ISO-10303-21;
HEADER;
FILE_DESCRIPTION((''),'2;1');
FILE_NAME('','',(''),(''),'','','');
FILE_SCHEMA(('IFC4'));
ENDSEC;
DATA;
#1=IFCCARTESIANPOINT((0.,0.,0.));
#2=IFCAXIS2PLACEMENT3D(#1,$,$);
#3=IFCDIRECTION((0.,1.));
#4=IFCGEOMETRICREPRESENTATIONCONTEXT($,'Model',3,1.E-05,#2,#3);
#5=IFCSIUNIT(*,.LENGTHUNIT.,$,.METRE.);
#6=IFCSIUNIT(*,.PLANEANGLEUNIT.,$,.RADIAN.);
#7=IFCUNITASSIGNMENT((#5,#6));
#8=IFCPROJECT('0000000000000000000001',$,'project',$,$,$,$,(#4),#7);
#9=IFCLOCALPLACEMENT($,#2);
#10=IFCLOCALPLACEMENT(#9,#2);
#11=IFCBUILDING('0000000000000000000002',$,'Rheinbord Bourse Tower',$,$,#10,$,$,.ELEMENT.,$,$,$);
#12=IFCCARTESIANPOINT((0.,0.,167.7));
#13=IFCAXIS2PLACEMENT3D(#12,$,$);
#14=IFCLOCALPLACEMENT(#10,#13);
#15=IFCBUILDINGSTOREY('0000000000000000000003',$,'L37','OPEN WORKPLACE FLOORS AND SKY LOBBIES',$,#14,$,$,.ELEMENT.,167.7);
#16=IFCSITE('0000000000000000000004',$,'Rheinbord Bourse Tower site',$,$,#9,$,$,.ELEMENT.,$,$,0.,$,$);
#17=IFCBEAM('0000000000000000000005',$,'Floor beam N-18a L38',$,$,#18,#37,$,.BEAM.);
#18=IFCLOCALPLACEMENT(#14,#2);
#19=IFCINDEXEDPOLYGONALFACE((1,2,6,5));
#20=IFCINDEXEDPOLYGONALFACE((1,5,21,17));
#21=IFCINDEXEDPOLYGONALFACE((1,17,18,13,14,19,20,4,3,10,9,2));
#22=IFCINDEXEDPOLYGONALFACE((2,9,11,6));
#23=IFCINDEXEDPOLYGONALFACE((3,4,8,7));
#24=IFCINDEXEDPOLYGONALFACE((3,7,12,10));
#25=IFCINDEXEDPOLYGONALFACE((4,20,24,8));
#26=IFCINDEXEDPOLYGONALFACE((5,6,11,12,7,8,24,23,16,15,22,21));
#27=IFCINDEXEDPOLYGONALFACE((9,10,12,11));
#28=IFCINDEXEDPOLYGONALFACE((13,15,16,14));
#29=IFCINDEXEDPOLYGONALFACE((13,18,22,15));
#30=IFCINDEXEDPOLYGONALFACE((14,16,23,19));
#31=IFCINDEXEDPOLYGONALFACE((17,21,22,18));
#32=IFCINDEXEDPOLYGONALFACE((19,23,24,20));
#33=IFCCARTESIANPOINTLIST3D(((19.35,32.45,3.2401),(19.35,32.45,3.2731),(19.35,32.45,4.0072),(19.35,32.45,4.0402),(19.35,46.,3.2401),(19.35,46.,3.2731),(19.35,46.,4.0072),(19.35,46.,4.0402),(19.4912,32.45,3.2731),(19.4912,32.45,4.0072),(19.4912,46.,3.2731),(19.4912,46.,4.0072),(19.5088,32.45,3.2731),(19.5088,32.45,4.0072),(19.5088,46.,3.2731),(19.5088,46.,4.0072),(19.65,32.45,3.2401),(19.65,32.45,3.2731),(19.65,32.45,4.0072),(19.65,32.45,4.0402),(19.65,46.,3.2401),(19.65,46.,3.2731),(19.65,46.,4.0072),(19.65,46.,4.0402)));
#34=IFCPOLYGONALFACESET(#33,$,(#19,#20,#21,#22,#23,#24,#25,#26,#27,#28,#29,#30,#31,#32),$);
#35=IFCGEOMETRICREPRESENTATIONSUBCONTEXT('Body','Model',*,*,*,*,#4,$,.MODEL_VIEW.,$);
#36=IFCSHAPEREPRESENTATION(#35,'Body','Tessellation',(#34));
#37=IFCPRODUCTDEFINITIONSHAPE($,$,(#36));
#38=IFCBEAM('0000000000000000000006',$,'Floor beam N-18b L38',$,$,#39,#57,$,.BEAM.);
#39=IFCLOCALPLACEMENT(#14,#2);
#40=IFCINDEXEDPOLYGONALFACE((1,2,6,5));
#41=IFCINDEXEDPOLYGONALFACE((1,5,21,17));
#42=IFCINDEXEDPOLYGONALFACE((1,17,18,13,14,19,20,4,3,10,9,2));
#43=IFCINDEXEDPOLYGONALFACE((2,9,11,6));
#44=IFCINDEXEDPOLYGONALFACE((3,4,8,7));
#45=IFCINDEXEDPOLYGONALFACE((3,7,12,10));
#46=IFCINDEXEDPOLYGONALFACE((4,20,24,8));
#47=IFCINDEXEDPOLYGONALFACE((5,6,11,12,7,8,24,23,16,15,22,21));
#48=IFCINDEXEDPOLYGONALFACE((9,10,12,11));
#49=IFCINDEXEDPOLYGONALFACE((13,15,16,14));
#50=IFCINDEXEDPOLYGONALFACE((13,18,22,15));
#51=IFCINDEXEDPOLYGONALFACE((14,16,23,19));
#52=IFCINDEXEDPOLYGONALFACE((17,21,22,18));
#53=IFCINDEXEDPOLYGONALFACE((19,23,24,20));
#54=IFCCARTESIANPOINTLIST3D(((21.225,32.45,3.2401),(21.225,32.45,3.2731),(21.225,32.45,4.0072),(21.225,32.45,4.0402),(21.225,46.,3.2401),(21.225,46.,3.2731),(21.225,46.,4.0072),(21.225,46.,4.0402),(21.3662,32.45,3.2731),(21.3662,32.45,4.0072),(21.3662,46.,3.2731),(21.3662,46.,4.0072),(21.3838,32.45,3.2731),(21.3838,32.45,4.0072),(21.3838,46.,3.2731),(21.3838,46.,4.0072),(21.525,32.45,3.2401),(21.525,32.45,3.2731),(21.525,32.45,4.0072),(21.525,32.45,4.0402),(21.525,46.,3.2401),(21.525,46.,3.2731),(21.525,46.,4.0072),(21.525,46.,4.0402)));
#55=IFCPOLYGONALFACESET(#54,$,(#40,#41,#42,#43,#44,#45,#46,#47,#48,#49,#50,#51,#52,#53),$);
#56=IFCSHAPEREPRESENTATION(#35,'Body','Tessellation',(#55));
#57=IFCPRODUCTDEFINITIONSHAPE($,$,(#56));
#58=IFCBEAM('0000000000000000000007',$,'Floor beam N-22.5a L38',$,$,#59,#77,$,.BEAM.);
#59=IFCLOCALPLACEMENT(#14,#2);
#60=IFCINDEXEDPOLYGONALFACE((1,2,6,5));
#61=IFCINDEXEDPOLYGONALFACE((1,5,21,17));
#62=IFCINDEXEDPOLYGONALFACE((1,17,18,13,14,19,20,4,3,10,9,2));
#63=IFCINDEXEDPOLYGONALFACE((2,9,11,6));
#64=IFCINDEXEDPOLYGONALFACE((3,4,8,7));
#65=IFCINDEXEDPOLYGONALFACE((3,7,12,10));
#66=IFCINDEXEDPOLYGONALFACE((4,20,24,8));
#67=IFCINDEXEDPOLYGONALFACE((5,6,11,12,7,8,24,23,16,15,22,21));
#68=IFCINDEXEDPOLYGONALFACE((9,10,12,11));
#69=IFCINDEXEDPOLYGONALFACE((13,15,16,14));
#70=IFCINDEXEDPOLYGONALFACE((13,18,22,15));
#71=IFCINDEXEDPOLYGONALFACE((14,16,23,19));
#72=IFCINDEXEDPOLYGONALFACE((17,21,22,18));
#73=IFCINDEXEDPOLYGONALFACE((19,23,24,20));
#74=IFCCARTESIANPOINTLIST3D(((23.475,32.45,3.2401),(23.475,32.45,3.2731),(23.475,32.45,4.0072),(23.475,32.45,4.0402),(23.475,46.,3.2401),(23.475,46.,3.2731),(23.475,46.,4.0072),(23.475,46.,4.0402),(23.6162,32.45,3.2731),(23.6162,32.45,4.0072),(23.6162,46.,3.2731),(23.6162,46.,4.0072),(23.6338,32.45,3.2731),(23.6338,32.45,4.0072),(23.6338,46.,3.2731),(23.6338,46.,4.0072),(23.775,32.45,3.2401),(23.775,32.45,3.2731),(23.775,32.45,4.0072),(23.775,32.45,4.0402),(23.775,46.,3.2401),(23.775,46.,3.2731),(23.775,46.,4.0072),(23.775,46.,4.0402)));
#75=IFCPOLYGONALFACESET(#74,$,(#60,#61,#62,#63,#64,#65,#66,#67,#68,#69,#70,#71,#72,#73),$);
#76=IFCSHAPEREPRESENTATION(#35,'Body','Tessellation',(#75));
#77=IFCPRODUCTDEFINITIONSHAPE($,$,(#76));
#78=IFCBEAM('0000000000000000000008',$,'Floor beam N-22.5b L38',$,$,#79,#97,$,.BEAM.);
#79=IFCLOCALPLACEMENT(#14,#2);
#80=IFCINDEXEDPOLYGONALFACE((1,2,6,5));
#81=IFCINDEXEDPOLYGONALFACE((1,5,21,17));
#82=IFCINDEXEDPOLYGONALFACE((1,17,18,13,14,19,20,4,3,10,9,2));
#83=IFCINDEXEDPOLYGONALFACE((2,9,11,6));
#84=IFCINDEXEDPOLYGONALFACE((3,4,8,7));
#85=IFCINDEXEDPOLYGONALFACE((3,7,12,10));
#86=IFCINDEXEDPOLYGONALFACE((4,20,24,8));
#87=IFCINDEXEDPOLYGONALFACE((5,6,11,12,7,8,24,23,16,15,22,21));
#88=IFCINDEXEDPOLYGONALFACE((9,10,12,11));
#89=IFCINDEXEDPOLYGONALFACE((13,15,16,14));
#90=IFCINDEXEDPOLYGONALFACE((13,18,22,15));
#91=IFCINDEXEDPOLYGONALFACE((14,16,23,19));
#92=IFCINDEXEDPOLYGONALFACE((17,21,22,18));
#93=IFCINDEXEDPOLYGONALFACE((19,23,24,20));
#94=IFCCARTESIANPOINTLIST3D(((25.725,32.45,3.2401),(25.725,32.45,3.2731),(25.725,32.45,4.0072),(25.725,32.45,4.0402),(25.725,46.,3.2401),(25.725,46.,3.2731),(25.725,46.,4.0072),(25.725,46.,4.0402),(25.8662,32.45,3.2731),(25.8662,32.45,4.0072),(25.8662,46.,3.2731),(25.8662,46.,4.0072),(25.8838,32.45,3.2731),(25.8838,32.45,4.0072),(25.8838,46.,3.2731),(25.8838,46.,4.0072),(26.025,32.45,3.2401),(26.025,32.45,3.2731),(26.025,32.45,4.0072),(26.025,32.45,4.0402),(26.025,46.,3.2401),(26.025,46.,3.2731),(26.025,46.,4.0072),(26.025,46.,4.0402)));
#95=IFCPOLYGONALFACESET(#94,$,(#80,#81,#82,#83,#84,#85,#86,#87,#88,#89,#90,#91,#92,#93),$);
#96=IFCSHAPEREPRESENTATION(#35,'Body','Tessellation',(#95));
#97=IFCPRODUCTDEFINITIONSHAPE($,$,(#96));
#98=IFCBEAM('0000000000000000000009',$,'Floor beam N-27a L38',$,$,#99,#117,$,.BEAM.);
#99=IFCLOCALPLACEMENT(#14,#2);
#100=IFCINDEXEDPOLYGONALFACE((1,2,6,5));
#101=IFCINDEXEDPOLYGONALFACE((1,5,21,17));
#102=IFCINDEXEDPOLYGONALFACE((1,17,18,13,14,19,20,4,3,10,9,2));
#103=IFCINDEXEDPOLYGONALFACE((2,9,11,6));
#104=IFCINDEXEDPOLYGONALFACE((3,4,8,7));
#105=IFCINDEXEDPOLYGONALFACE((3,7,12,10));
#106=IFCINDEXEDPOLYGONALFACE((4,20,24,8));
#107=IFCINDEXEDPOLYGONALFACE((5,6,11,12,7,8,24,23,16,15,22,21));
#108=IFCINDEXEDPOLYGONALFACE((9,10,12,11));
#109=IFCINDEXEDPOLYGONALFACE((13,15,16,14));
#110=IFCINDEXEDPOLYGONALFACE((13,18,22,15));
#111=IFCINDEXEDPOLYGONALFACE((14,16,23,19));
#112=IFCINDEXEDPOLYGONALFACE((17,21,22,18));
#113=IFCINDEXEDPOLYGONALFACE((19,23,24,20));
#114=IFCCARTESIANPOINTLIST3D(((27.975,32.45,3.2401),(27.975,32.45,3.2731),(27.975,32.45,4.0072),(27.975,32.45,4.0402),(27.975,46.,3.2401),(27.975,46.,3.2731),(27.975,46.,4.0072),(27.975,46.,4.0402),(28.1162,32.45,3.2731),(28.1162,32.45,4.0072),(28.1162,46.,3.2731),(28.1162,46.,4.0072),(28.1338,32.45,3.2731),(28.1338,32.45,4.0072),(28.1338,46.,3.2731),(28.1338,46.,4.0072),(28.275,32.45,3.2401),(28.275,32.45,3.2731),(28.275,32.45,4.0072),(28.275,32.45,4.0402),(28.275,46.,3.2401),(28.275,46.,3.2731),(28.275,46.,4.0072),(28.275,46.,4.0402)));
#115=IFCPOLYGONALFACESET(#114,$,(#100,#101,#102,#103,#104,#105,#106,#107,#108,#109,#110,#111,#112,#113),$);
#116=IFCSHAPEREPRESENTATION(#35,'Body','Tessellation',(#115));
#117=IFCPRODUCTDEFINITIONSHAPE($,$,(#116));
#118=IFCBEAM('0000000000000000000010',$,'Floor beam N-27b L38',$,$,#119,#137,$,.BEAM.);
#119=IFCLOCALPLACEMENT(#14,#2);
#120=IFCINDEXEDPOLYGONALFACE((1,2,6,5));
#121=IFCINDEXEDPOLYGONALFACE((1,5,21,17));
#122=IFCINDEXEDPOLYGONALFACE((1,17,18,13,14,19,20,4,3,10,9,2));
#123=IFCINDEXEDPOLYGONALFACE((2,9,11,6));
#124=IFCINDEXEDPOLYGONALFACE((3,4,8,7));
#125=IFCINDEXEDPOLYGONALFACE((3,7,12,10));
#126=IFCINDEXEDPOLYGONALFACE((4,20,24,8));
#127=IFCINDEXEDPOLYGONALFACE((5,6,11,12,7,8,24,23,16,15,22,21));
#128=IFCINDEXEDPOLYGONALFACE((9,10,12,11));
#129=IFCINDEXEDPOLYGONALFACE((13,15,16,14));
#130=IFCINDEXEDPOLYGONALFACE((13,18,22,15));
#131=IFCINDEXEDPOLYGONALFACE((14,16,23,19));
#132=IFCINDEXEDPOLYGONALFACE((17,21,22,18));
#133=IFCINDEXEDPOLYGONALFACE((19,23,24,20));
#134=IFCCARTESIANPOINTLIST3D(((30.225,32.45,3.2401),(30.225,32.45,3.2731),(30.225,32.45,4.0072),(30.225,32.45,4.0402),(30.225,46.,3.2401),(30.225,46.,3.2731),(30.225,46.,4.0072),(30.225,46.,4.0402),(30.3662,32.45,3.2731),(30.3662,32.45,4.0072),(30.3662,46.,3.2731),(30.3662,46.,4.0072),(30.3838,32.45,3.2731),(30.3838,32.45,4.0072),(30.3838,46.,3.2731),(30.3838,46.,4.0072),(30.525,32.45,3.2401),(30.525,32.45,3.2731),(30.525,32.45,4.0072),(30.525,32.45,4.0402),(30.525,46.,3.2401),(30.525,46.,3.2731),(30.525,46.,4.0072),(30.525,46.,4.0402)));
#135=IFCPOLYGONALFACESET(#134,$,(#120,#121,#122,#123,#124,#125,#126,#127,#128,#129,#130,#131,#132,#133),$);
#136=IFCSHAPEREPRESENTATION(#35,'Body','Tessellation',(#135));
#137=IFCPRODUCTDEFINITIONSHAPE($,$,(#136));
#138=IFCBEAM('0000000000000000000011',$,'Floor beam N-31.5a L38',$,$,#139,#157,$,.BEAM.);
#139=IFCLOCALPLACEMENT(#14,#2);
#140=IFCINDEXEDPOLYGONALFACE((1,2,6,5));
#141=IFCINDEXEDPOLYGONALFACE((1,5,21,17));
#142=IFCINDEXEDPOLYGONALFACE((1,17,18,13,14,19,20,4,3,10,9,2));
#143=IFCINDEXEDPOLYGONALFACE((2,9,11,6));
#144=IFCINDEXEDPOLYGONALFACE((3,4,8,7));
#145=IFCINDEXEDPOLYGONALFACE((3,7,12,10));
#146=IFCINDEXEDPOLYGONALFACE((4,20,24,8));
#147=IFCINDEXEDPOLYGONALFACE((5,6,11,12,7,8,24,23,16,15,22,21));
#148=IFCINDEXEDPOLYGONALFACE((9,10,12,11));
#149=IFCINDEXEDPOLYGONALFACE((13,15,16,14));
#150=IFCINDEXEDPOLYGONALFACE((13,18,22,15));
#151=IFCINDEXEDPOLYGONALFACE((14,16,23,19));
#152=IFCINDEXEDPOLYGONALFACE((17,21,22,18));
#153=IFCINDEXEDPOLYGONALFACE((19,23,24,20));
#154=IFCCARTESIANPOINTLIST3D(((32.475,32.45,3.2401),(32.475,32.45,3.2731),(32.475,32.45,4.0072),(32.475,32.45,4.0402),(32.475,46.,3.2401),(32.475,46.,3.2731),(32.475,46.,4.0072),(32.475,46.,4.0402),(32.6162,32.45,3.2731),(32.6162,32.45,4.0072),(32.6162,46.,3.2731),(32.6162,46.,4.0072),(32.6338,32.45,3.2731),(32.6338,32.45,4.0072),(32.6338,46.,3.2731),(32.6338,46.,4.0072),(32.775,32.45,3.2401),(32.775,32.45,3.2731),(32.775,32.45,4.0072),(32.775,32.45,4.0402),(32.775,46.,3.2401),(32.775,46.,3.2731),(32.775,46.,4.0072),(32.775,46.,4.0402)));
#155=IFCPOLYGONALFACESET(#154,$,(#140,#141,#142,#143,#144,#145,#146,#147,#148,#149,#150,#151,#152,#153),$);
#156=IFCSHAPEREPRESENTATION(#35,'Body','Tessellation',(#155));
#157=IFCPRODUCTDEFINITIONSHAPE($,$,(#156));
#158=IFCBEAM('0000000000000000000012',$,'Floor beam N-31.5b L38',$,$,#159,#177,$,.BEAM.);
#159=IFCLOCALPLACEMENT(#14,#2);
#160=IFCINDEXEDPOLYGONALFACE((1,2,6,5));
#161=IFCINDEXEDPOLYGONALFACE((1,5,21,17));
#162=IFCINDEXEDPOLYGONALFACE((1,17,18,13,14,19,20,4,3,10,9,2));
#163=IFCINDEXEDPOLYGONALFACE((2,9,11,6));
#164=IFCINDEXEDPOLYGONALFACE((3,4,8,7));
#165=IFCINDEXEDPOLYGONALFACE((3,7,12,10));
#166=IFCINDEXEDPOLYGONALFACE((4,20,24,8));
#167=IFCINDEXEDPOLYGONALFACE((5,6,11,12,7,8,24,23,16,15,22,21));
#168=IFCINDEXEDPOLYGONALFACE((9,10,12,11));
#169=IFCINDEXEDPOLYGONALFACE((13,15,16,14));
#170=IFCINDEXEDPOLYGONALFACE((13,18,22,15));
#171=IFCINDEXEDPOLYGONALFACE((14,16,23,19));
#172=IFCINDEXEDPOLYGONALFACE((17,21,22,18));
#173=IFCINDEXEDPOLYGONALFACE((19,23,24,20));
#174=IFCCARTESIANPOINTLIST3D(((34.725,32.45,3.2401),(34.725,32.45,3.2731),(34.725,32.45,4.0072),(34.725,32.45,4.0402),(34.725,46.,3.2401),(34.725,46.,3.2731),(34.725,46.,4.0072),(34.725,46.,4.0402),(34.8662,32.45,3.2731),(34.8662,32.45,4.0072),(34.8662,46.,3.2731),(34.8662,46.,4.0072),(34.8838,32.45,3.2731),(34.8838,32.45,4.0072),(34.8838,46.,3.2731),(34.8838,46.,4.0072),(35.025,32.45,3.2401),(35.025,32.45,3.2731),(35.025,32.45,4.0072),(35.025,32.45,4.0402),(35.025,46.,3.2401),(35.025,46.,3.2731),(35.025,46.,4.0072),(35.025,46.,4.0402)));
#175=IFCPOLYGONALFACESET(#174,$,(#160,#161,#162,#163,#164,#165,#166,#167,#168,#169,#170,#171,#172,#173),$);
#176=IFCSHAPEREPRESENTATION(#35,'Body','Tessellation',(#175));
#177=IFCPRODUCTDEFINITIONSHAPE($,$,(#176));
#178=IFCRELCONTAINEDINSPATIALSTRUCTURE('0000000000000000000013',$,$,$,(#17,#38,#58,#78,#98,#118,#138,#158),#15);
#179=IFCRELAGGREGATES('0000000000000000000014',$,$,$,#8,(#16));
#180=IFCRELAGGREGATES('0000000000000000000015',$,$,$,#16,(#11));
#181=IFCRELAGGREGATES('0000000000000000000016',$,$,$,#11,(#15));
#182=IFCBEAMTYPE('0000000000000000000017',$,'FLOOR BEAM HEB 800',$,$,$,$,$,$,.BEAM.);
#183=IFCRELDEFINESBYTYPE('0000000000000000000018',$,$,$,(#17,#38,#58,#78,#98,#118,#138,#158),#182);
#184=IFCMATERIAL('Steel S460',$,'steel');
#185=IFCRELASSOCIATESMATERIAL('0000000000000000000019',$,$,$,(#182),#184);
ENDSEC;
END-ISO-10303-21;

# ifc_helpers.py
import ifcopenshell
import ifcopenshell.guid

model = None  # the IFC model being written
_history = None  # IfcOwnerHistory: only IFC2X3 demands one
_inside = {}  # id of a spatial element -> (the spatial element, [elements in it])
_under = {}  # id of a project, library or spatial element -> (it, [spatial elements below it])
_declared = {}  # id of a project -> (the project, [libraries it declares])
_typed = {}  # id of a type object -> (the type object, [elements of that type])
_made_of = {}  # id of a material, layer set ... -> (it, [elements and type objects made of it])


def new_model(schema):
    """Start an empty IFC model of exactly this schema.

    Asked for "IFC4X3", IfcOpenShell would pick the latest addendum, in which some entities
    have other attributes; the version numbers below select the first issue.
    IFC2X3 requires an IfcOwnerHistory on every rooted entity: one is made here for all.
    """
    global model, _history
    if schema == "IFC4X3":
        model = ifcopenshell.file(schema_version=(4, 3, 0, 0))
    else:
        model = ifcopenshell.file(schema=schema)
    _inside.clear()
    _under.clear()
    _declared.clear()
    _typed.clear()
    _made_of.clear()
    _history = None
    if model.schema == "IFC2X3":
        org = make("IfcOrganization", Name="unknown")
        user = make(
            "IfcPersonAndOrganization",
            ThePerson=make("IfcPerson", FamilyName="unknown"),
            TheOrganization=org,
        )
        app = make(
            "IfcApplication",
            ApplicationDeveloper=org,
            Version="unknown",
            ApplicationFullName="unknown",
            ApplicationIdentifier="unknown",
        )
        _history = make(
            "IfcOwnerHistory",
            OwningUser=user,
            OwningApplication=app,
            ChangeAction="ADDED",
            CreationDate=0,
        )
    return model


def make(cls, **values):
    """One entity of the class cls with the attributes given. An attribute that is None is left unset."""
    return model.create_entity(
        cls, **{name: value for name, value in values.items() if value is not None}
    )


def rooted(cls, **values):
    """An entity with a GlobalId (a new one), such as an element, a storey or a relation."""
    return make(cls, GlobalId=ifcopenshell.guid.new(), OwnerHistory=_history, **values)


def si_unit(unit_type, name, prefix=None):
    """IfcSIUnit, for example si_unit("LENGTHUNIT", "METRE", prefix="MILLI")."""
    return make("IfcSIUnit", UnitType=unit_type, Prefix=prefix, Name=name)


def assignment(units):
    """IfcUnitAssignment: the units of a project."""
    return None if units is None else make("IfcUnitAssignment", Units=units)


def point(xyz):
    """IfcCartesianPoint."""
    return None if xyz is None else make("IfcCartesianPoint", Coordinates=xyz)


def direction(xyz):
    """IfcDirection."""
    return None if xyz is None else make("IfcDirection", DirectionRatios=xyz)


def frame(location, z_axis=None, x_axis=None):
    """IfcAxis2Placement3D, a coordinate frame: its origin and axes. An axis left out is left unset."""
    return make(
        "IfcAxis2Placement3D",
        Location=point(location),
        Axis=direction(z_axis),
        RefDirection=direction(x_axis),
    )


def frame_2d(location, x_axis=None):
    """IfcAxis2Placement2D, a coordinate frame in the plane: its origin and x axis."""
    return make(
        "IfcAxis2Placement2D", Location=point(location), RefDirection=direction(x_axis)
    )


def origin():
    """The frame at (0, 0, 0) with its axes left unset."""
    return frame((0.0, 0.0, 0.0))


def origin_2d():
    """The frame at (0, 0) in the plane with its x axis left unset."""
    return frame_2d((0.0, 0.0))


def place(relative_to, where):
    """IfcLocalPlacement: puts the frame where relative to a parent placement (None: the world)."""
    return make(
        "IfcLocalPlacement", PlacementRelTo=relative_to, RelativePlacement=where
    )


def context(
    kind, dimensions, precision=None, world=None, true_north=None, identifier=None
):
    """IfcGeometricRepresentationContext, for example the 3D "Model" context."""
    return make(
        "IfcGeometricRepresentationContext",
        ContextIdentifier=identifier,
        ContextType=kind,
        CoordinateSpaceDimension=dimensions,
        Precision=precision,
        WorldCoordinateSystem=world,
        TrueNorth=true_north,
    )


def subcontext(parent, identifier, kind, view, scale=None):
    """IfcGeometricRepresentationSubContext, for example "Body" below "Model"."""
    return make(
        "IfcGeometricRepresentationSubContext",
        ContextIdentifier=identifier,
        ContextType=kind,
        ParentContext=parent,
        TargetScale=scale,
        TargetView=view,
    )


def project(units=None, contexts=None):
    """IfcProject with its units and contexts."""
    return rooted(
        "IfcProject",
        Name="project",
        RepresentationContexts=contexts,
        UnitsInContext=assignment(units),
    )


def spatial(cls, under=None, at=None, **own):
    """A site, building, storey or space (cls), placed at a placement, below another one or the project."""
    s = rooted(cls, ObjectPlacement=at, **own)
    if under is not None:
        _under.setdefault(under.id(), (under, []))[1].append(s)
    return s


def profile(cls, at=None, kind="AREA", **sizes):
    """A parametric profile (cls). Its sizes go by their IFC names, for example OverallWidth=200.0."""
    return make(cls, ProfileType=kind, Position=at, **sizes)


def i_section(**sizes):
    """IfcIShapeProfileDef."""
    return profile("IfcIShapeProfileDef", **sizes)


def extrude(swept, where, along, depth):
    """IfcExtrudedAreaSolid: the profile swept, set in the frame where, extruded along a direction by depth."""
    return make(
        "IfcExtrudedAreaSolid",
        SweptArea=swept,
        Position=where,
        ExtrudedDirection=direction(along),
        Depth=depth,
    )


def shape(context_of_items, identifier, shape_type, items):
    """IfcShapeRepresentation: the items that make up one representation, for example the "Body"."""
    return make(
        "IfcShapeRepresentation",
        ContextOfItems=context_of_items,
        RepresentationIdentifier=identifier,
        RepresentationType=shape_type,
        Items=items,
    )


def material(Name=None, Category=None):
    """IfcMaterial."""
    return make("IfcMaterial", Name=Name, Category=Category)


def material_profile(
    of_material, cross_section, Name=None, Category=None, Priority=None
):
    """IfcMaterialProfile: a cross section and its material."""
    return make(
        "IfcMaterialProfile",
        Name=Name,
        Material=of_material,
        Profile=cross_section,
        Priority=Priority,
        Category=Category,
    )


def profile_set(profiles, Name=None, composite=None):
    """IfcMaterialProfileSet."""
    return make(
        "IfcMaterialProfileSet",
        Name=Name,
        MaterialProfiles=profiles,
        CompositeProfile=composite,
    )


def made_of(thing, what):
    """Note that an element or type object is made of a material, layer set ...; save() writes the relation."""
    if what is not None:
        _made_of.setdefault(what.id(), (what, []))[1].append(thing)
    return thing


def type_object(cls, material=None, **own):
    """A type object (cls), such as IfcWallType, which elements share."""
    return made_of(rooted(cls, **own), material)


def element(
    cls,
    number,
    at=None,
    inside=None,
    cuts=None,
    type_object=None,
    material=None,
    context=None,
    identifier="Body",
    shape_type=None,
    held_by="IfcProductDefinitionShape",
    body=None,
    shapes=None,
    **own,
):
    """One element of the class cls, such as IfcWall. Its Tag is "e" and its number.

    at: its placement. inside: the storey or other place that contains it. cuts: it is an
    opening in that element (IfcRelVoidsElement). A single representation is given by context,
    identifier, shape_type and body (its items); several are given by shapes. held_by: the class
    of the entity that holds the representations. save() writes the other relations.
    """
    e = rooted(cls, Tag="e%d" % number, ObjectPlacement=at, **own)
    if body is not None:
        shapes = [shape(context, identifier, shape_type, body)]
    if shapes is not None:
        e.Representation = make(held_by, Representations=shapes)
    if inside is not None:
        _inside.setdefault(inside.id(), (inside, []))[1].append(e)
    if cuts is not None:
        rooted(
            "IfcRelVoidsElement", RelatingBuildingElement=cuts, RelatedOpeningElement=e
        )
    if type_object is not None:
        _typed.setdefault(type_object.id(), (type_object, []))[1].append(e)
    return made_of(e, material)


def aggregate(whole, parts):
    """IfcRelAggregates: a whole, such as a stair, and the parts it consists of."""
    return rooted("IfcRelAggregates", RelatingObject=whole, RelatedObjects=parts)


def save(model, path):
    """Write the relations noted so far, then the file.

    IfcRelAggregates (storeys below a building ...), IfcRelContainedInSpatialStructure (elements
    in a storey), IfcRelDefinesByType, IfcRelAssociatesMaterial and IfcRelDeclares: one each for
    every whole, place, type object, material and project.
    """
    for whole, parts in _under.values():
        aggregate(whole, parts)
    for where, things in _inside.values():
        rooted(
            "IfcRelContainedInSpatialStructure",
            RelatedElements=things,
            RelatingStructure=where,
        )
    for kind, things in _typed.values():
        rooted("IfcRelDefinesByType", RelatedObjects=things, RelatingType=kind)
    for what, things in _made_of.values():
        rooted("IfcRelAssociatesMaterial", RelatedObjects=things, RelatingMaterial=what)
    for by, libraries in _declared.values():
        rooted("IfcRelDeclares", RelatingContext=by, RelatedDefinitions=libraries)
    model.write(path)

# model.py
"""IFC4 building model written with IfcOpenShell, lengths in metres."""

from ifc_helpers import new_model, si_unit, direction, frame, origin, origin_2d, place, context, subcontext, project, spatial, i_section, extrude, material, material_profile, profile_set, type_object, element, save


model = new_model("IFC4")

# Units and contexts
model_context = context("Model", 3, precision=1e-05, world=origin(), true_north=direction((0.0, 1.0)))
body_context = subcontext(model_context, "Body", "Model", "MODEL_VIEW")
ifc_project = project(units=[si_unit("LENGTHUNIT", "METRE"), si_unit("PLANEANGLEUNIT", "RADIAN")], contexts=[model_context])

# Site, building, storey
site_placement = place(None, origin())
site = spatial("IfcSite", under=ifc_project, at=site_placement, Name="Rheinbord Bourse Tower site", CompositionType="ELEMENT", RefElevation=0.0)
building_placement = place(site_placement, origin())
building = spatial("IfcBuilding", under=site, at=building_placement, Name="Rheinbord Bourse Tower", CompositionType="ELEMENT")
storey_placement = place(building_placement, frame((0.0, 0.0, 167.7)))
storey = spatial("IfcBuildingStorey", under=building, at=storey_placement, Name="L37", Description="OPEN WORKPLACE FLOORS AND SKY LOBBIES", CompositionType="ELEMENT", Elevation=167.7)

# Beams
ifc_material_1 = material(Name="Steel S460", Category="steel")
ifc_material_profile_1 = material_profile(ifc_material_1, i_section(OverallWidth=0.3, OverallDepth=0.8, WebThickness=0.0176, FlangeThickness=0.033, at=origin_2d()), Name="HEB 800")
ifc_profile_set_1 = profile_set([ifc_material_profile_1], Name="Steel S460")
beam_type_1 = type_object("IfcBeamType", Name="FLOOR BEAM HEB 800", PredefinedType="BEAM", material=ifc_profile_set_1)
for number, where, z_axis, x_axis, name in (
    (1, (19.5, 46.0, 3.6401), (0.0, -1.0, 0.0), (1.0, 0.0, 0.0), "Floor beam N-18a L38"),
    (2, (21.375, 46.0, 3.6401), (0.0, -1.0, 0.0), (1.0, 0.0, 0.0), "Floor beam N-18b L38"),
    (3, (23.625, 46.0, 3.6401), (0.0, -1.0, 0.0), (1.0, 0.0, 0.0), "Floor beam N-22.5a L38"),
    (4, (25.875, 46.0, 3.6401), (0.0, -1.0, 0.0), (1.0, 0.0, 0.0), "Floor beam N-22.5b L38"),
    (5, (28.125, 46.0, 3.6401), (0.0, -1.0, 0.0), (1.0, 0.0, 0.0), "Floor beam N-27a L38"),
    (6, (30.375, 46.0, 3.6401), (0.0, -1.0, 0.0), (1.0, 0.0, 0.0), "Floor beam N-27b L38"),
    (7, (32.625, 46.0, 3.6401), (0.0, -1.0, 0.0), (1.0, 0.0, 0.0), "Floor beam N-31.5a L38"),
    (8, (34.875, 46.0, 3.6401), (0.0, -1.0, 0.0), (1.0, 0.0, 0.0), "Floor beam N-31.5b L38"),
):
    element("IfcBeam", number, at=place(storey_placement, frame(where, z_axis=z_axis, x_axis=x_axis)), inside=storey, type_object=beam_type_1, Name=name, PredefinedType="BEAM", context=body_context, shape_type="SweptSolid", body=[
        extrude(i_section(OverallWidth=0.3, OverallDepth=0.8, WebThickness=0.0176, FlangeThickness=0.033, at=origin_2d()), origin(), (0.0, 0.0, 1.0), 13.55),
    ])

save(model, "model.ifc")
